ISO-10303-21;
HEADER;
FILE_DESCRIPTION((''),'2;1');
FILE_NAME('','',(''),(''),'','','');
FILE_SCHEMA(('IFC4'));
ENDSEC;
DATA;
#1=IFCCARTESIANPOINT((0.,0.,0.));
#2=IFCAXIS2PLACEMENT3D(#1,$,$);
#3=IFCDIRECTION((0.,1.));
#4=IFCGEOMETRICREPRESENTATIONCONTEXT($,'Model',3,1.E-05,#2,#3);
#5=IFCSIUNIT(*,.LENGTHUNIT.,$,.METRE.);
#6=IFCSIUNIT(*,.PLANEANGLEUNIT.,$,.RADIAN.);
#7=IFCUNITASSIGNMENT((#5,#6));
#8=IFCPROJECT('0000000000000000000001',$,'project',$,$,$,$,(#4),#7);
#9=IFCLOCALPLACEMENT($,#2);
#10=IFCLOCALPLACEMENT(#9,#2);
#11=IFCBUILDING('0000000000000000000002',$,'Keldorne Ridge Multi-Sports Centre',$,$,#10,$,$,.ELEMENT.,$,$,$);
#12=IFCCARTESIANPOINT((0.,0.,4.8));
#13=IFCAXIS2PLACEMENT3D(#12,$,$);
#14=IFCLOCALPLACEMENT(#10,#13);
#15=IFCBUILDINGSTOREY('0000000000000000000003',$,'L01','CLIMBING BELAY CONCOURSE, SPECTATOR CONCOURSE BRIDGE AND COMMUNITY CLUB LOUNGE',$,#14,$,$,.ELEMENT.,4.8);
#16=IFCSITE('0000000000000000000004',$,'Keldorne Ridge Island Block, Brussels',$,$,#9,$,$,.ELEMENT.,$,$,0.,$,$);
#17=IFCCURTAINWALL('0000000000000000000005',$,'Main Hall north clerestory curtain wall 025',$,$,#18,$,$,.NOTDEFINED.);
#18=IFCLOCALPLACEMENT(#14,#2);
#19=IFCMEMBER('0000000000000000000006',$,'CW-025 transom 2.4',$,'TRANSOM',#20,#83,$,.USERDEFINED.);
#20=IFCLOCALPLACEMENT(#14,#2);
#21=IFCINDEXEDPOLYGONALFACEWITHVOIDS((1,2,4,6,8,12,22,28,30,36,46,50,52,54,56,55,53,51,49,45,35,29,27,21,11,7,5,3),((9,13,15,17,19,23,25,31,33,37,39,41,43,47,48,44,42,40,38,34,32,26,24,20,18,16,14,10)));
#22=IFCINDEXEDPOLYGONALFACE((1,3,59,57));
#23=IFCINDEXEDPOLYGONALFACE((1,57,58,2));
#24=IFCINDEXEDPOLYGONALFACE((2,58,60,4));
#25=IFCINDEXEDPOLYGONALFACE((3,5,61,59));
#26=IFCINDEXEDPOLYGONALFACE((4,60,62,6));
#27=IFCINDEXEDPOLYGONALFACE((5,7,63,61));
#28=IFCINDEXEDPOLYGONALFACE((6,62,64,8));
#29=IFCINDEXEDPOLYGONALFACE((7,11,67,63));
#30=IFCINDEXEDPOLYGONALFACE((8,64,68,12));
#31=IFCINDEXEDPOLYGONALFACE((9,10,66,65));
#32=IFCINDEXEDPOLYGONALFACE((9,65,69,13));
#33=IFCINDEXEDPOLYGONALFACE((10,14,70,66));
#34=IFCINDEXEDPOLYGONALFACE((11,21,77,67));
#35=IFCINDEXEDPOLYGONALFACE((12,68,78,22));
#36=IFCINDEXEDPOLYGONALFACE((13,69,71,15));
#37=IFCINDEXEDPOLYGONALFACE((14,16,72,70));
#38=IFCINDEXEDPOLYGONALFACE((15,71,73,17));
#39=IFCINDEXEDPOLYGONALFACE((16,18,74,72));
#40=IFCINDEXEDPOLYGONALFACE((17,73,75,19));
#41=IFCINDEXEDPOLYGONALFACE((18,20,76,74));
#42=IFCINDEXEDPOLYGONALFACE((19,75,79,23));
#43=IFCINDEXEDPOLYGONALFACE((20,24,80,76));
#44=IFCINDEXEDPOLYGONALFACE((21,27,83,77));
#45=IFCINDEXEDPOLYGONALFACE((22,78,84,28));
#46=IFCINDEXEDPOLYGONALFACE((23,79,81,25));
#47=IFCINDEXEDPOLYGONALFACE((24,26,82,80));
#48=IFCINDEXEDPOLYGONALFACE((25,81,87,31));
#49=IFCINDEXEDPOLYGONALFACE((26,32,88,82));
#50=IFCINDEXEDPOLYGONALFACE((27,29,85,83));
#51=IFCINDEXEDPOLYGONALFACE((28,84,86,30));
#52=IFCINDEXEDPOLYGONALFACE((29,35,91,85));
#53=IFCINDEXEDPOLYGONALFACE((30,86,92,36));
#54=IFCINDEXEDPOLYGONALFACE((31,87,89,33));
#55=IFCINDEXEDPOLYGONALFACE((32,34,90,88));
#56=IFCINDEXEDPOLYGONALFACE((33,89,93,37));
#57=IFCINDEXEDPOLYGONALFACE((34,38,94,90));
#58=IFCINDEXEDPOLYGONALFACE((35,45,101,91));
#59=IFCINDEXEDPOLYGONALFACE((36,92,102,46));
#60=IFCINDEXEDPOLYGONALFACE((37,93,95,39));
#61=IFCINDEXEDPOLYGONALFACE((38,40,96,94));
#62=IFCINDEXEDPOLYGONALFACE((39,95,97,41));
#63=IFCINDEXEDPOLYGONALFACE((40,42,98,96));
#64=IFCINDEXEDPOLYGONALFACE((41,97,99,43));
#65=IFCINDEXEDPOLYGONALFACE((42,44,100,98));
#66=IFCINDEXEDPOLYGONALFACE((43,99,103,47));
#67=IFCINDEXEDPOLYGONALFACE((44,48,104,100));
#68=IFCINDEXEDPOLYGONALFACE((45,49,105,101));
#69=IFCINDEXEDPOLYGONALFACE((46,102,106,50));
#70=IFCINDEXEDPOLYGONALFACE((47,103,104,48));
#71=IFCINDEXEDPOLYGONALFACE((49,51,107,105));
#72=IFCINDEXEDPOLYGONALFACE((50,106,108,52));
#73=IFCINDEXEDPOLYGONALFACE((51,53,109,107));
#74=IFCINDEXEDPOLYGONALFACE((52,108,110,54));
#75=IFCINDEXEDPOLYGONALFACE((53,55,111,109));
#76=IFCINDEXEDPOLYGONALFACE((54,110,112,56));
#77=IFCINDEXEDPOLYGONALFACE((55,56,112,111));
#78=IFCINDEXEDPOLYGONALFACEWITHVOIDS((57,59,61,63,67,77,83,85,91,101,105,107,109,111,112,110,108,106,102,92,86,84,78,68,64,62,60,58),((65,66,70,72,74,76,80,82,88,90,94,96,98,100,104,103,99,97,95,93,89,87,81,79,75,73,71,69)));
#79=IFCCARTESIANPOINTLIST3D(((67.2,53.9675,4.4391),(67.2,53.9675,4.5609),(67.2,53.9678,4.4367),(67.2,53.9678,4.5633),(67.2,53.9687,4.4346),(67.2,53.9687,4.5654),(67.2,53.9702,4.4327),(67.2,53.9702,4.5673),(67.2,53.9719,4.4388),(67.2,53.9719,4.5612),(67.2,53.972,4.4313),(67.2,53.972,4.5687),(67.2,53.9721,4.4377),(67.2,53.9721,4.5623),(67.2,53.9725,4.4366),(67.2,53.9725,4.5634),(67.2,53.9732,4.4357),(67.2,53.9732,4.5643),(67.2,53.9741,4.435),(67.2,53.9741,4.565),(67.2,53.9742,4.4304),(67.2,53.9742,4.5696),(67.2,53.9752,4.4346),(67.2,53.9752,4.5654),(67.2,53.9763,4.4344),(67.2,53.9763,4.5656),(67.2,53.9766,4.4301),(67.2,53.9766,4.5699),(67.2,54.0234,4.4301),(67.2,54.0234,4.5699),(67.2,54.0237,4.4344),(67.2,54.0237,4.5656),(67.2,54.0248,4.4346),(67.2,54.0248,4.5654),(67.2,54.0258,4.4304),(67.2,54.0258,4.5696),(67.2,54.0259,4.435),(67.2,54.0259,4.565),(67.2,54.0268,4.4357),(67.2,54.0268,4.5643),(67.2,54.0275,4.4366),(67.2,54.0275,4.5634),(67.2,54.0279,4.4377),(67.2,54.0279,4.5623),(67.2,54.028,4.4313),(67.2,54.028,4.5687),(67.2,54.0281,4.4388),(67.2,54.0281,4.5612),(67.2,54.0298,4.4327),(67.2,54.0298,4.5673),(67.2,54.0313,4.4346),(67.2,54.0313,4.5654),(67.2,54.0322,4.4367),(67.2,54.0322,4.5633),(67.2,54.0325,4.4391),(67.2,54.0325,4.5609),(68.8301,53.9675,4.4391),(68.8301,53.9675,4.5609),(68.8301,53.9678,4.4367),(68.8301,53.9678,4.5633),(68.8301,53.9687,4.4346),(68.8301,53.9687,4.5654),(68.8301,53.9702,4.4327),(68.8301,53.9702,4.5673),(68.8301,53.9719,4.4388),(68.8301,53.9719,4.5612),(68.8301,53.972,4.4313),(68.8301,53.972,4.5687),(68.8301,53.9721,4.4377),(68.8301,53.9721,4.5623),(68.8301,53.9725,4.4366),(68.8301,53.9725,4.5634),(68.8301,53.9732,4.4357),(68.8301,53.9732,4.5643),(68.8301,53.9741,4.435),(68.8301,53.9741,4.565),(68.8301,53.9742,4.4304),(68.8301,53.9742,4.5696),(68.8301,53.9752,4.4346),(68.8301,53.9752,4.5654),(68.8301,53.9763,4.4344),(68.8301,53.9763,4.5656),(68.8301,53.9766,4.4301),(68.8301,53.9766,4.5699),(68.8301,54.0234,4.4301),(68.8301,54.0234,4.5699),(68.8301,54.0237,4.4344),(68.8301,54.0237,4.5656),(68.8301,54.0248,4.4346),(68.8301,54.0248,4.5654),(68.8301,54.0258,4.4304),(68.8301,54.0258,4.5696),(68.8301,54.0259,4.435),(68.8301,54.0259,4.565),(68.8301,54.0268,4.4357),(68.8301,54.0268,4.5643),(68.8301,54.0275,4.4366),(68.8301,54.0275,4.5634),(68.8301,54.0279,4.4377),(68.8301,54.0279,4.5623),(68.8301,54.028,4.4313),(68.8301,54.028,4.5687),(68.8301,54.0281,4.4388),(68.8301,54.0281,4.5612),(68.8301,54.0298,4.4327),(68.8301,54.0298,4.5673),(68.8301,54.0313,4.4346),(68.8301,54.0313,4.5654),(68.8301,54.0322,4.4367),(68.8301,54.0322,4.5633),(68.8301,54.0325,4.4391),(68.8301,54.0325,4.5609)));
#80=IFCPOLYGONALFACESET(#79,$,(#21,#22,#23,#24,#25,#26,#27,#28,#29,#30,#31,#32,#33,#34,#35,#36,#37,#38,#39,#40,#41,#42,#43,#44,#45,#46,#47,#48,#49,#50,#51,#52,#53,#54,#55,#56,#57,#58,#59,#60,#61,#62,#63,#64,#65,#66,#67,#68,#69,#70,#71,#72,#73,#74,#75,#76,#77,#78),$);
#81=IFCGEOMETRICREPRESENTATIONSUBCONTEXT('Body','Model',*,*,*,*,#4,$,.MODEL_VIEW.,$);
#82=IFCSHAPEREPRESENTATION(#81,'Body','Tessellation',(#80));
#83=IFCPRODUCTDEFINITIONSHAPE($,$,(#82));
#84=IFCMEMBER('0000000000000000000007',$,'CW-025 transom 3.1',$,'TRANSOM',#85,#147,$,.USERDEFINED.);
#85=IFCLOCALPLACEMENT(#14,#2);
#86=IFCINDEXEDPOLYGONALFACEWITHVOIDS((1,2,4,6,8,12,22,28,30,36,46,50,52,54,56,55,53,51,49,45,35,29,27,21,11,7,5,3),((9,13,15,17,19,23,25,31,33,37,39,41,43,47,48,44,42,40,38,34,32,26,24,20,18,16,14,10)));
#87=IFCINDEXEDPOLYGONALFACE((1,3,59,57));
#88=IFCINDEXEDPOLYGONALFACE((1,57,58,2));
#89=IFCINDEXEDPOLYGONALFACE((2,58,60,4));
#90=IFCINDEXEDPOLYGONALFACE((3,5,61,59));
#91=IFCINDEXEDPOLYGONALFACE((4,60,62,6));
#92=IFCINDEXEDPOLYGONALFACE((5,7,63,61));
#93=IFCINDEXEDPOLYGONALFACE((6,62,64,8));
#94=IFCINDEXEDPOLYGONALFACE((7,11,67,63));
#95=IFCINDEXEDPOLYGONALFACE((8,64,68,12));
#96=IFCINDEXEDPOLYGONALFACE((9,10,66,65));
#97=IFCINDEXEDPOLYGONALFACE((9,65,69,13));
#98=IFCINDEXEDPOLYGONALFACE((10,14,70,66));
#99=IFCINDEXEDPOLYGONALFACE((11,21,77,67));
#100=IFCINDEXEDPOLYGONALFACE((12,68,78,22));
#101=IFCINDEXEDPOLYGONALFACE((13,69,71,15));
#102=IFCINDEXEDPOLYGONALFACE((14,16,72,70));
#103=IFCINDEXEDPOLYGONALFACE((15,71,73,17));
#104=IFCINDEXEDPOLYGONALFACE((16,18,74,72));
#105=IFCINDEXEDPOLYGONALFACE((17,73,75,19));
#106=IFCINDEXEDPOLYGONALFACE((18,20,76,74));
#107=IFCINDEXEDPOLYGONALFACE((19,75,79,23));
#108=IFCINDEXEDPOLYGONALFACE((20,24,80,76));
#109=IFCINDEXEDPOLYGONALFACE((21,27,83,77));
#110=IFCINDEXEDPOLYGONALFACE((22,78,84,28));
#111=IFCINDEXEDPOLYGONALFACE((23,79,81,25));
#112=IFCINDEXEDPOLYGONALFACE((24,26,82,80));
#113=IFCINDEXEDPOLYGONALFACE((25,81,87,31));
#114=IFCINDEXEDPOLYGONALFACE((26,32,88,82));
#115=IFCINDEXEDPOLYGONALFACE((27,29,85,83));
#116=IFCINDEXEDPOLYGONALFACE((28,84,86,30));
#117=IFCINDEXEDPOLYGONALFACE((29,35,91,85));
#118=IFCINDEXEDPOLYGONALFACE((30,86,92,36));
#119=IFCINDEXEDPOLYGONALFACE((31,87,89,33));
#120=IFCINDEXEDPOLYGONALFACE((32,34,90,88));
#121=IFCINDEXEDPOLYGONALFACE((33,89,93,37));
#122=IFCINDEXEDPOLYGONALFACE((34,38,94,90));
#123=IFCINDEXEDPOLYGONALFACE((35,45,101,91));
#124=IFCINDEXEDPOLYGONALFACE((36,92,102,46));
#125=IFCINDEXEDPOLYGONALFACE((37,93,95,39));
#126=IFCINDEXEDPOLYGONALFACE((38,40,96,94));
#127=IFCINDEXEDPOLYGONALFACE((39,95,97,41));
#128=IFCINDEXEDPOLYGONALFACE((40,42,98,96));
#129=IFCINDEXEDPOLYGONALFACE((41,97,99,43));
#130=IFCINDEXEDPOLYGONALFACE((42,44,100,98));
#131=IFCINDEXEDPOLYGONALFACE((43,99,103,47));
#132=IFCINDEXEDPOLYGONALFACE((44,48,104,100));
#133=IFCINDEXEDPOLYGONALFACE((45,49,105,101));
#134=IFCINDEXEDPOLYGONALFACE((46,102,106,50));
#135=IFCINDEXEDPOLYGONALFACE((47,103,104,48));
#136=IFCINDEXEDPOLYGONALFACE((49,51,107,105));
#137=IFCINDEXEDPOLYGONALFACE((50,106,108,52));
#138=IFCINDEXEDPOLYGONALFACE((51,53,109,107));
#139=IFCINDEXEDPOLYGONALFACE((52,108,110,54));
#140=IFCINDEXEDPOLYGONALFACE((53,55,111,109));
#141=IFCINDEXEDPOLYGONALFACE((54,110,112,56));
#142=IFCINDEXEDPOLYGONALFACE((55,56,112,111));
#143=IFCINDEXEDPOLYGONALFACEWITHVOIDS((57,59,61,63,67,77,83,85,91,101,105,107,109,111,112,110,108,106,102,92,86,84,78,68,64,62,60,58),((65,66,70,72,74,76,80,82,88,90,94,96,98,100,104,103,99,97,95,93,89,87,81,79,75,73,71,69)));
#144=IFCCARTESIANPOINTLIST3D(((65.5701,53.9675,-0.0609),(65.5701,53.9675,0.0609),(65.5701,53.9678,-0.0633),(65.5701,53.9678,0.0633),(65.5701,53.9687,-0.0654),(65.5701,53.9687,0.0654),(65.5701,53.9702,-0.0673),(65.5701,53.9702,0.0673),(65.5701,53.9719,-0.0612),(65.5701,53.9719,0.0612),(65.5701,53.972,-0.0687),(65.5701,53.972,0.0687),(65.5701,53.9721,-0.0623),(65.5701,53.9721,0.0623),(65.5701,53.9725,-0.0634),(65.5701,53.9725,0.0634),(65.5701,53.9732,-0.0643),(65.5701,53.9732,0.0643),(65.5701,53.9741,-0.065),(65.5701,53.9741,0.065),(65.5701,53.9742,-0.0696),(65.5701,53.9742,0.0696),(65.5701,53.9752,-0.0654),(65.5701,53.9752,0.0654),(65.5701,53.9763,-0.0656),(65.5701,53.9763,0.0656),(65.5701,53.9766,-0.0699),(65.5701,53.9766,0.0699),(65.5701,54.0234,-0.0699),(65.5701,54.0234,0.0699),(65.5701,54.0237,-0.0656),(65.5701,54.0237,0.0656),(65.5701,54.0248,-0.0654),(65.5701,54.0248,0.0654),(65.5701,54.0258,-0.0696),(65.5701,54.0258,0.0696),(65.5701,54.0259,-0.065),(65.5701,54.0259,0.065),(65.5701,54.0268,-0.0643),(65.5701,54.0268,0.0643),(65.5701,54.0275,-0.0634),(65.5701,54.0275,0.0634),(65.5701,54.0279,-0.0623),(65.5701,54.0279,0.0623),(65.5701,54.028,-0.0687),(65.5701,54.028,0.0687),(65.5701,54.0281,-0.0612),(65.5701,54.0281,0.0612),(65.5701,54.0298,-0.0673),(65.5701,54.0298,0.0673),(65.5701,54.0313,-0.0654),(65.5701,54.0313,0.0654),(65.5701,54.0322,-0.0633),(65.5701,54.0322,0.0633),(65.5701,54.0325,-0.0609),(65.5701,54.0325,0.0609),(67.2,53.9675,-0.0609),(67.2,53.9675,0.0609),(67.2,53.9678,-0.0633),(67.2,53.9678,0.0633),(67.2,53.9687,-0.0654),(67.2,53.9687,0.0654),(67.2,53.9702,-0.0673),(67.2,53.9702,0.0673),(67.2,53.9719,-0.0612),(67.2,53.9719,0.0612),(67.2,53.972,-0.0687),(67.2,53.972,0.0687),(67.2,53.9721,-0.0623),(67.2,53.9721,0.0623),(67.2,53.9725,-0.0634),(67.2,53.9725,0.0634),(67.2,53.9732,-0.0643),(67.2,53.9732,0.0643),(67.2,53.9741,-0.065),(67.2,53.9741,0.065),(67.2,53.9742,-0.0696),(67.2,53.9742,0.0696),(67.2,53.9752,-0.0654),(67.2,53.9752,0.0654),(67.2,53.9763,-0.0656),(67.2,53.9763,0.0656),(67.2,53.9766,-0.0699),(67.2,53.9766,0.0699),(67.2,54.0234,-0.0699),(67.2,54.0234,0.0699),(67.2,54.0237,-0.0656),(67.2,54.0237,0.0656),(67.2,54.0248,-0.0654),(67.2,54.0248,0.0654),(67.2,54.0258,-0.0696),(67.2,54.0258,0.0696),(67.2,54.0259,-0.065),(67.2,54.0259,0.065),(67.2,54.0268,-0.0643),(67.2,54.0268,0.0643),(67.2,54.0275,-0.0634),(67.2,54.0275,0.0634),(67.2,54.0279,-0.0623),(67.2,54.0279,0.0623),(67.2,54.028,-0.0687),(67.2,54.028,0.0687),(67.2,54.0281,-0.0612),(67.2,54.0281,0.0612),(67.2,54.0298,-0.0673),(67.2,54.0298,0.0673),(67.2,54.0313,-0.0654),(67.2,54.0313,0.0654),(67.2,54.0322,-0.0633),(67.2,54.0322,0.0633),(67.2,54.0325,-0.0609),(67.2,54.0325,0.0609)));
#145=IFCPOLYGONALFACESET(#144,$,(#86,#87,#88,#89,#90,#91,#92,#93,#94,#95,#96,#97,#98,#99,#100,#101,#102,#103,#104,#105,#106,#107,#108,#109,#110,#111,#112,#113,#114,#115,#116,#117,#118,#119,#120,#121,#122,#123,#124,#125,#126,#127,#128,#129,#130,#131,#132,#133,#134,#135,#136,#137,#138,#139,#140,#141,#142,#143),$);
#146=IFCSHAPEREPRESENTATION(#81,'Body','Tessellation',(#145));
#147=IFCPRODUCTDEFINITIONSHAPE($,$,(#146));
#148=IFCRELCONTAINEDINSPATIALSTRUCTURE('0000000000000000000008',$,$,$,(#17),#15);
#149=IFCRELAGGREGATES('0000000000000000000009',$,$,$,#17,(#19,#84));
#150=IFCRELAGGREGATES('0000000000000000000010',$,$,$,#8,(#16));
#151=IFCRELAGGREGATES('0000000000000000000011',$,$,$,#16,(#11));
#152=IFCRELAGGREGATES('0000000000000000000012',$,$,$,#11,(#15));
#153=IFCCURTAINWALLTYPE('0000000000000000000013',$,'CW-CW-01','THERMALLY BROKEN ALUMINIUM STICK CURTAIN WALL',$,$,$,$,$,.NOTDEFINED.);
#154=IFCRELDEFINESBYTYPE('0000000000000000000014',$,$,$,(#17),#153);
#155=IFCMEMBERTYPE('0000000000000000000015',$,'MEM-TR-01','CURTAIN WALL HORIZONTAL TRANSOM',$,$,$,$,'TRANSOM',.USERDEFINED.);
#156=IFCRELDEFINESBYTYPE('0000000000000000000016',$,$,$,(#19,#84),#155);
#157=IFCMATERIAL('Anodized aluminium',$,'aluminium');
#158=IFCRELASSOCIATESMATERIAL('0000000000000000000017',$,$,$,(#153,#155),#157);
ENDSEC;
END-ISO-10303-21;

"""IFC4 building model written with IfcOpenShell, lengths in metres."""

from ifc_helpers import new_model, si_unit, direction, frame, origin, origin_2d, place, context, subcontext, project, spatial, hollow_rectangle, extrude, material, material_profile, profile_set, type_object, element, aggregate, save


model = new_model("IFC4")

# Units and contexts
model_context = context("Model", 3, precision=1e-05, world=origin(), true_north=direction((0.0, 1.0)))
body_context = subcontext(model_context, "Body", "Model", "MODEL_VIEW")
ifc_project = project(units=[si_unit("LENGTHUNIT", "METRE"), si_unit("PLANEANGLEUNIT", "RADIAN")], contexts=[model_context])

# Site, building, storey
site_placement = place(None, origin())
site = spatial("IfcSite", under=ifc_project, at=site_placement, Name="Keldorne Ridge Island Block, Brussels", CompositionType="ELEMENT", RefElevation=0.0)
building_placement = place(site_placement, origin())
building = spatial("IfcBuilding", under=site, at=building_placement, Name="Keldorne Ridge Multi-Sports Centre", CompositionType="ELEMENT")
storey_placement = place(building_placement, frame((0.0, 0.0, 4.8)))
storey = spatial("IfcBuildingStorey", under=building, at=storey_placement, Name="L01", Description="CLIMBING BELAY CONCOURSE, SPECTATOR CONCOURSE BRIDGE AND COMMUNITY CLUB LOUNGE", CompositionType="ELEMENT", Elevation=4.8)

# Curtain wall
ifc_material_1 = material(Name="Anodized aluminium", Category="aluminium")
curtain_wall_type_1 = type_object("IfcCurtainWallType", Name="CW-CW-01", Description="THERMALLY BROKEN ALUMINIUM STICK CURTAIN WALL", PredefinedType="NOTDEFINED", material=ifc_material_1)
curtain_wall_1_placement = place(storey_placement, origin())
curtain_wall_1 = element("IfcCurtainWall", 1, at=curtain_wall_1_placement, inside=storey, type_object=curtain_wall_type_1, Name="Main Hall north clerestory curtain wall 025", PredefinedType="NOTDEFINED")

# Members
ifc_material_profile_1 = material_profile(ifc_material_1, hollow_rectangle(XDim=0.0649, YDim=0.1399, WallThickness=0.0044, InnerFilletRadius=0.0044, OuterFilletRadius=0.009, at=origin_2d()), Name="ALU TRANSOM 140x65x4.5")
ifc_profile_set_1 = profile_set([ifc_material_profile_1], Name="Anodized aluminium")
member_type_1 = type_object("IfcMemberType", Name="MEM-TR-01", Description="CURTAIN WALL HORIZONTAL TRANSOM", ElementType="TRANSOM", PredefinedType="USERDEFINED", material=ifc_profile_set_1)
member_1_placement = place(storey_placement, frame((68.8301, 54.0, 4.5), z_axis=(-1.0, 0.0, 0.0), x_axis=(0.0, -1.0, 0.0)))
member_1 = element("IfcMember", 2, at=member_1_placement, type_object=member_type_1, Name="CW-025 transom 2.4", ObjectType="TRANSOM", PredefinedType="USERDEFINED", context=body_context, shape_type="SweptSolid", body=[
    extrude(hollow_rectangle(XDim=0.0649, YDim=0.1399, WallThickness=0.0044, InnerFilletRadius=0.0044, OuterFilletRadius=0.009, at=origin_2d()), origin(), (0.0, 0.0, 1.0), 1.6301),
])
member_2_placement = place(storey_placement, frame((67.2, 54.0, 0.0), z_axis=(-1.0, 0.0, 0.0), x_axis=(0.0, -1.0, 0.0)))
member_2 = element("IfcMember", 3, at=member_2_placement, type_object=member_type_1, Name="CW-025 transom 3.1", ObjectType="TRANSOM", PredefinedType="USERDEFINED", context=body_context, shape_type="SweptSolid", body=[
    extrude(hollow_rectangle(XDim=0.0649, YDim=0.1399, WallThickness=0.0044, InnerFilletRadius=0.0044, OuterFilletRadius=0.009, at=origin_2d()), origin(), (0.0, 0.0, 1.0), 1.6299),
])

aggregate(curtain_wall_1, [member_1, member_2])

save(model, "model.ifc")
